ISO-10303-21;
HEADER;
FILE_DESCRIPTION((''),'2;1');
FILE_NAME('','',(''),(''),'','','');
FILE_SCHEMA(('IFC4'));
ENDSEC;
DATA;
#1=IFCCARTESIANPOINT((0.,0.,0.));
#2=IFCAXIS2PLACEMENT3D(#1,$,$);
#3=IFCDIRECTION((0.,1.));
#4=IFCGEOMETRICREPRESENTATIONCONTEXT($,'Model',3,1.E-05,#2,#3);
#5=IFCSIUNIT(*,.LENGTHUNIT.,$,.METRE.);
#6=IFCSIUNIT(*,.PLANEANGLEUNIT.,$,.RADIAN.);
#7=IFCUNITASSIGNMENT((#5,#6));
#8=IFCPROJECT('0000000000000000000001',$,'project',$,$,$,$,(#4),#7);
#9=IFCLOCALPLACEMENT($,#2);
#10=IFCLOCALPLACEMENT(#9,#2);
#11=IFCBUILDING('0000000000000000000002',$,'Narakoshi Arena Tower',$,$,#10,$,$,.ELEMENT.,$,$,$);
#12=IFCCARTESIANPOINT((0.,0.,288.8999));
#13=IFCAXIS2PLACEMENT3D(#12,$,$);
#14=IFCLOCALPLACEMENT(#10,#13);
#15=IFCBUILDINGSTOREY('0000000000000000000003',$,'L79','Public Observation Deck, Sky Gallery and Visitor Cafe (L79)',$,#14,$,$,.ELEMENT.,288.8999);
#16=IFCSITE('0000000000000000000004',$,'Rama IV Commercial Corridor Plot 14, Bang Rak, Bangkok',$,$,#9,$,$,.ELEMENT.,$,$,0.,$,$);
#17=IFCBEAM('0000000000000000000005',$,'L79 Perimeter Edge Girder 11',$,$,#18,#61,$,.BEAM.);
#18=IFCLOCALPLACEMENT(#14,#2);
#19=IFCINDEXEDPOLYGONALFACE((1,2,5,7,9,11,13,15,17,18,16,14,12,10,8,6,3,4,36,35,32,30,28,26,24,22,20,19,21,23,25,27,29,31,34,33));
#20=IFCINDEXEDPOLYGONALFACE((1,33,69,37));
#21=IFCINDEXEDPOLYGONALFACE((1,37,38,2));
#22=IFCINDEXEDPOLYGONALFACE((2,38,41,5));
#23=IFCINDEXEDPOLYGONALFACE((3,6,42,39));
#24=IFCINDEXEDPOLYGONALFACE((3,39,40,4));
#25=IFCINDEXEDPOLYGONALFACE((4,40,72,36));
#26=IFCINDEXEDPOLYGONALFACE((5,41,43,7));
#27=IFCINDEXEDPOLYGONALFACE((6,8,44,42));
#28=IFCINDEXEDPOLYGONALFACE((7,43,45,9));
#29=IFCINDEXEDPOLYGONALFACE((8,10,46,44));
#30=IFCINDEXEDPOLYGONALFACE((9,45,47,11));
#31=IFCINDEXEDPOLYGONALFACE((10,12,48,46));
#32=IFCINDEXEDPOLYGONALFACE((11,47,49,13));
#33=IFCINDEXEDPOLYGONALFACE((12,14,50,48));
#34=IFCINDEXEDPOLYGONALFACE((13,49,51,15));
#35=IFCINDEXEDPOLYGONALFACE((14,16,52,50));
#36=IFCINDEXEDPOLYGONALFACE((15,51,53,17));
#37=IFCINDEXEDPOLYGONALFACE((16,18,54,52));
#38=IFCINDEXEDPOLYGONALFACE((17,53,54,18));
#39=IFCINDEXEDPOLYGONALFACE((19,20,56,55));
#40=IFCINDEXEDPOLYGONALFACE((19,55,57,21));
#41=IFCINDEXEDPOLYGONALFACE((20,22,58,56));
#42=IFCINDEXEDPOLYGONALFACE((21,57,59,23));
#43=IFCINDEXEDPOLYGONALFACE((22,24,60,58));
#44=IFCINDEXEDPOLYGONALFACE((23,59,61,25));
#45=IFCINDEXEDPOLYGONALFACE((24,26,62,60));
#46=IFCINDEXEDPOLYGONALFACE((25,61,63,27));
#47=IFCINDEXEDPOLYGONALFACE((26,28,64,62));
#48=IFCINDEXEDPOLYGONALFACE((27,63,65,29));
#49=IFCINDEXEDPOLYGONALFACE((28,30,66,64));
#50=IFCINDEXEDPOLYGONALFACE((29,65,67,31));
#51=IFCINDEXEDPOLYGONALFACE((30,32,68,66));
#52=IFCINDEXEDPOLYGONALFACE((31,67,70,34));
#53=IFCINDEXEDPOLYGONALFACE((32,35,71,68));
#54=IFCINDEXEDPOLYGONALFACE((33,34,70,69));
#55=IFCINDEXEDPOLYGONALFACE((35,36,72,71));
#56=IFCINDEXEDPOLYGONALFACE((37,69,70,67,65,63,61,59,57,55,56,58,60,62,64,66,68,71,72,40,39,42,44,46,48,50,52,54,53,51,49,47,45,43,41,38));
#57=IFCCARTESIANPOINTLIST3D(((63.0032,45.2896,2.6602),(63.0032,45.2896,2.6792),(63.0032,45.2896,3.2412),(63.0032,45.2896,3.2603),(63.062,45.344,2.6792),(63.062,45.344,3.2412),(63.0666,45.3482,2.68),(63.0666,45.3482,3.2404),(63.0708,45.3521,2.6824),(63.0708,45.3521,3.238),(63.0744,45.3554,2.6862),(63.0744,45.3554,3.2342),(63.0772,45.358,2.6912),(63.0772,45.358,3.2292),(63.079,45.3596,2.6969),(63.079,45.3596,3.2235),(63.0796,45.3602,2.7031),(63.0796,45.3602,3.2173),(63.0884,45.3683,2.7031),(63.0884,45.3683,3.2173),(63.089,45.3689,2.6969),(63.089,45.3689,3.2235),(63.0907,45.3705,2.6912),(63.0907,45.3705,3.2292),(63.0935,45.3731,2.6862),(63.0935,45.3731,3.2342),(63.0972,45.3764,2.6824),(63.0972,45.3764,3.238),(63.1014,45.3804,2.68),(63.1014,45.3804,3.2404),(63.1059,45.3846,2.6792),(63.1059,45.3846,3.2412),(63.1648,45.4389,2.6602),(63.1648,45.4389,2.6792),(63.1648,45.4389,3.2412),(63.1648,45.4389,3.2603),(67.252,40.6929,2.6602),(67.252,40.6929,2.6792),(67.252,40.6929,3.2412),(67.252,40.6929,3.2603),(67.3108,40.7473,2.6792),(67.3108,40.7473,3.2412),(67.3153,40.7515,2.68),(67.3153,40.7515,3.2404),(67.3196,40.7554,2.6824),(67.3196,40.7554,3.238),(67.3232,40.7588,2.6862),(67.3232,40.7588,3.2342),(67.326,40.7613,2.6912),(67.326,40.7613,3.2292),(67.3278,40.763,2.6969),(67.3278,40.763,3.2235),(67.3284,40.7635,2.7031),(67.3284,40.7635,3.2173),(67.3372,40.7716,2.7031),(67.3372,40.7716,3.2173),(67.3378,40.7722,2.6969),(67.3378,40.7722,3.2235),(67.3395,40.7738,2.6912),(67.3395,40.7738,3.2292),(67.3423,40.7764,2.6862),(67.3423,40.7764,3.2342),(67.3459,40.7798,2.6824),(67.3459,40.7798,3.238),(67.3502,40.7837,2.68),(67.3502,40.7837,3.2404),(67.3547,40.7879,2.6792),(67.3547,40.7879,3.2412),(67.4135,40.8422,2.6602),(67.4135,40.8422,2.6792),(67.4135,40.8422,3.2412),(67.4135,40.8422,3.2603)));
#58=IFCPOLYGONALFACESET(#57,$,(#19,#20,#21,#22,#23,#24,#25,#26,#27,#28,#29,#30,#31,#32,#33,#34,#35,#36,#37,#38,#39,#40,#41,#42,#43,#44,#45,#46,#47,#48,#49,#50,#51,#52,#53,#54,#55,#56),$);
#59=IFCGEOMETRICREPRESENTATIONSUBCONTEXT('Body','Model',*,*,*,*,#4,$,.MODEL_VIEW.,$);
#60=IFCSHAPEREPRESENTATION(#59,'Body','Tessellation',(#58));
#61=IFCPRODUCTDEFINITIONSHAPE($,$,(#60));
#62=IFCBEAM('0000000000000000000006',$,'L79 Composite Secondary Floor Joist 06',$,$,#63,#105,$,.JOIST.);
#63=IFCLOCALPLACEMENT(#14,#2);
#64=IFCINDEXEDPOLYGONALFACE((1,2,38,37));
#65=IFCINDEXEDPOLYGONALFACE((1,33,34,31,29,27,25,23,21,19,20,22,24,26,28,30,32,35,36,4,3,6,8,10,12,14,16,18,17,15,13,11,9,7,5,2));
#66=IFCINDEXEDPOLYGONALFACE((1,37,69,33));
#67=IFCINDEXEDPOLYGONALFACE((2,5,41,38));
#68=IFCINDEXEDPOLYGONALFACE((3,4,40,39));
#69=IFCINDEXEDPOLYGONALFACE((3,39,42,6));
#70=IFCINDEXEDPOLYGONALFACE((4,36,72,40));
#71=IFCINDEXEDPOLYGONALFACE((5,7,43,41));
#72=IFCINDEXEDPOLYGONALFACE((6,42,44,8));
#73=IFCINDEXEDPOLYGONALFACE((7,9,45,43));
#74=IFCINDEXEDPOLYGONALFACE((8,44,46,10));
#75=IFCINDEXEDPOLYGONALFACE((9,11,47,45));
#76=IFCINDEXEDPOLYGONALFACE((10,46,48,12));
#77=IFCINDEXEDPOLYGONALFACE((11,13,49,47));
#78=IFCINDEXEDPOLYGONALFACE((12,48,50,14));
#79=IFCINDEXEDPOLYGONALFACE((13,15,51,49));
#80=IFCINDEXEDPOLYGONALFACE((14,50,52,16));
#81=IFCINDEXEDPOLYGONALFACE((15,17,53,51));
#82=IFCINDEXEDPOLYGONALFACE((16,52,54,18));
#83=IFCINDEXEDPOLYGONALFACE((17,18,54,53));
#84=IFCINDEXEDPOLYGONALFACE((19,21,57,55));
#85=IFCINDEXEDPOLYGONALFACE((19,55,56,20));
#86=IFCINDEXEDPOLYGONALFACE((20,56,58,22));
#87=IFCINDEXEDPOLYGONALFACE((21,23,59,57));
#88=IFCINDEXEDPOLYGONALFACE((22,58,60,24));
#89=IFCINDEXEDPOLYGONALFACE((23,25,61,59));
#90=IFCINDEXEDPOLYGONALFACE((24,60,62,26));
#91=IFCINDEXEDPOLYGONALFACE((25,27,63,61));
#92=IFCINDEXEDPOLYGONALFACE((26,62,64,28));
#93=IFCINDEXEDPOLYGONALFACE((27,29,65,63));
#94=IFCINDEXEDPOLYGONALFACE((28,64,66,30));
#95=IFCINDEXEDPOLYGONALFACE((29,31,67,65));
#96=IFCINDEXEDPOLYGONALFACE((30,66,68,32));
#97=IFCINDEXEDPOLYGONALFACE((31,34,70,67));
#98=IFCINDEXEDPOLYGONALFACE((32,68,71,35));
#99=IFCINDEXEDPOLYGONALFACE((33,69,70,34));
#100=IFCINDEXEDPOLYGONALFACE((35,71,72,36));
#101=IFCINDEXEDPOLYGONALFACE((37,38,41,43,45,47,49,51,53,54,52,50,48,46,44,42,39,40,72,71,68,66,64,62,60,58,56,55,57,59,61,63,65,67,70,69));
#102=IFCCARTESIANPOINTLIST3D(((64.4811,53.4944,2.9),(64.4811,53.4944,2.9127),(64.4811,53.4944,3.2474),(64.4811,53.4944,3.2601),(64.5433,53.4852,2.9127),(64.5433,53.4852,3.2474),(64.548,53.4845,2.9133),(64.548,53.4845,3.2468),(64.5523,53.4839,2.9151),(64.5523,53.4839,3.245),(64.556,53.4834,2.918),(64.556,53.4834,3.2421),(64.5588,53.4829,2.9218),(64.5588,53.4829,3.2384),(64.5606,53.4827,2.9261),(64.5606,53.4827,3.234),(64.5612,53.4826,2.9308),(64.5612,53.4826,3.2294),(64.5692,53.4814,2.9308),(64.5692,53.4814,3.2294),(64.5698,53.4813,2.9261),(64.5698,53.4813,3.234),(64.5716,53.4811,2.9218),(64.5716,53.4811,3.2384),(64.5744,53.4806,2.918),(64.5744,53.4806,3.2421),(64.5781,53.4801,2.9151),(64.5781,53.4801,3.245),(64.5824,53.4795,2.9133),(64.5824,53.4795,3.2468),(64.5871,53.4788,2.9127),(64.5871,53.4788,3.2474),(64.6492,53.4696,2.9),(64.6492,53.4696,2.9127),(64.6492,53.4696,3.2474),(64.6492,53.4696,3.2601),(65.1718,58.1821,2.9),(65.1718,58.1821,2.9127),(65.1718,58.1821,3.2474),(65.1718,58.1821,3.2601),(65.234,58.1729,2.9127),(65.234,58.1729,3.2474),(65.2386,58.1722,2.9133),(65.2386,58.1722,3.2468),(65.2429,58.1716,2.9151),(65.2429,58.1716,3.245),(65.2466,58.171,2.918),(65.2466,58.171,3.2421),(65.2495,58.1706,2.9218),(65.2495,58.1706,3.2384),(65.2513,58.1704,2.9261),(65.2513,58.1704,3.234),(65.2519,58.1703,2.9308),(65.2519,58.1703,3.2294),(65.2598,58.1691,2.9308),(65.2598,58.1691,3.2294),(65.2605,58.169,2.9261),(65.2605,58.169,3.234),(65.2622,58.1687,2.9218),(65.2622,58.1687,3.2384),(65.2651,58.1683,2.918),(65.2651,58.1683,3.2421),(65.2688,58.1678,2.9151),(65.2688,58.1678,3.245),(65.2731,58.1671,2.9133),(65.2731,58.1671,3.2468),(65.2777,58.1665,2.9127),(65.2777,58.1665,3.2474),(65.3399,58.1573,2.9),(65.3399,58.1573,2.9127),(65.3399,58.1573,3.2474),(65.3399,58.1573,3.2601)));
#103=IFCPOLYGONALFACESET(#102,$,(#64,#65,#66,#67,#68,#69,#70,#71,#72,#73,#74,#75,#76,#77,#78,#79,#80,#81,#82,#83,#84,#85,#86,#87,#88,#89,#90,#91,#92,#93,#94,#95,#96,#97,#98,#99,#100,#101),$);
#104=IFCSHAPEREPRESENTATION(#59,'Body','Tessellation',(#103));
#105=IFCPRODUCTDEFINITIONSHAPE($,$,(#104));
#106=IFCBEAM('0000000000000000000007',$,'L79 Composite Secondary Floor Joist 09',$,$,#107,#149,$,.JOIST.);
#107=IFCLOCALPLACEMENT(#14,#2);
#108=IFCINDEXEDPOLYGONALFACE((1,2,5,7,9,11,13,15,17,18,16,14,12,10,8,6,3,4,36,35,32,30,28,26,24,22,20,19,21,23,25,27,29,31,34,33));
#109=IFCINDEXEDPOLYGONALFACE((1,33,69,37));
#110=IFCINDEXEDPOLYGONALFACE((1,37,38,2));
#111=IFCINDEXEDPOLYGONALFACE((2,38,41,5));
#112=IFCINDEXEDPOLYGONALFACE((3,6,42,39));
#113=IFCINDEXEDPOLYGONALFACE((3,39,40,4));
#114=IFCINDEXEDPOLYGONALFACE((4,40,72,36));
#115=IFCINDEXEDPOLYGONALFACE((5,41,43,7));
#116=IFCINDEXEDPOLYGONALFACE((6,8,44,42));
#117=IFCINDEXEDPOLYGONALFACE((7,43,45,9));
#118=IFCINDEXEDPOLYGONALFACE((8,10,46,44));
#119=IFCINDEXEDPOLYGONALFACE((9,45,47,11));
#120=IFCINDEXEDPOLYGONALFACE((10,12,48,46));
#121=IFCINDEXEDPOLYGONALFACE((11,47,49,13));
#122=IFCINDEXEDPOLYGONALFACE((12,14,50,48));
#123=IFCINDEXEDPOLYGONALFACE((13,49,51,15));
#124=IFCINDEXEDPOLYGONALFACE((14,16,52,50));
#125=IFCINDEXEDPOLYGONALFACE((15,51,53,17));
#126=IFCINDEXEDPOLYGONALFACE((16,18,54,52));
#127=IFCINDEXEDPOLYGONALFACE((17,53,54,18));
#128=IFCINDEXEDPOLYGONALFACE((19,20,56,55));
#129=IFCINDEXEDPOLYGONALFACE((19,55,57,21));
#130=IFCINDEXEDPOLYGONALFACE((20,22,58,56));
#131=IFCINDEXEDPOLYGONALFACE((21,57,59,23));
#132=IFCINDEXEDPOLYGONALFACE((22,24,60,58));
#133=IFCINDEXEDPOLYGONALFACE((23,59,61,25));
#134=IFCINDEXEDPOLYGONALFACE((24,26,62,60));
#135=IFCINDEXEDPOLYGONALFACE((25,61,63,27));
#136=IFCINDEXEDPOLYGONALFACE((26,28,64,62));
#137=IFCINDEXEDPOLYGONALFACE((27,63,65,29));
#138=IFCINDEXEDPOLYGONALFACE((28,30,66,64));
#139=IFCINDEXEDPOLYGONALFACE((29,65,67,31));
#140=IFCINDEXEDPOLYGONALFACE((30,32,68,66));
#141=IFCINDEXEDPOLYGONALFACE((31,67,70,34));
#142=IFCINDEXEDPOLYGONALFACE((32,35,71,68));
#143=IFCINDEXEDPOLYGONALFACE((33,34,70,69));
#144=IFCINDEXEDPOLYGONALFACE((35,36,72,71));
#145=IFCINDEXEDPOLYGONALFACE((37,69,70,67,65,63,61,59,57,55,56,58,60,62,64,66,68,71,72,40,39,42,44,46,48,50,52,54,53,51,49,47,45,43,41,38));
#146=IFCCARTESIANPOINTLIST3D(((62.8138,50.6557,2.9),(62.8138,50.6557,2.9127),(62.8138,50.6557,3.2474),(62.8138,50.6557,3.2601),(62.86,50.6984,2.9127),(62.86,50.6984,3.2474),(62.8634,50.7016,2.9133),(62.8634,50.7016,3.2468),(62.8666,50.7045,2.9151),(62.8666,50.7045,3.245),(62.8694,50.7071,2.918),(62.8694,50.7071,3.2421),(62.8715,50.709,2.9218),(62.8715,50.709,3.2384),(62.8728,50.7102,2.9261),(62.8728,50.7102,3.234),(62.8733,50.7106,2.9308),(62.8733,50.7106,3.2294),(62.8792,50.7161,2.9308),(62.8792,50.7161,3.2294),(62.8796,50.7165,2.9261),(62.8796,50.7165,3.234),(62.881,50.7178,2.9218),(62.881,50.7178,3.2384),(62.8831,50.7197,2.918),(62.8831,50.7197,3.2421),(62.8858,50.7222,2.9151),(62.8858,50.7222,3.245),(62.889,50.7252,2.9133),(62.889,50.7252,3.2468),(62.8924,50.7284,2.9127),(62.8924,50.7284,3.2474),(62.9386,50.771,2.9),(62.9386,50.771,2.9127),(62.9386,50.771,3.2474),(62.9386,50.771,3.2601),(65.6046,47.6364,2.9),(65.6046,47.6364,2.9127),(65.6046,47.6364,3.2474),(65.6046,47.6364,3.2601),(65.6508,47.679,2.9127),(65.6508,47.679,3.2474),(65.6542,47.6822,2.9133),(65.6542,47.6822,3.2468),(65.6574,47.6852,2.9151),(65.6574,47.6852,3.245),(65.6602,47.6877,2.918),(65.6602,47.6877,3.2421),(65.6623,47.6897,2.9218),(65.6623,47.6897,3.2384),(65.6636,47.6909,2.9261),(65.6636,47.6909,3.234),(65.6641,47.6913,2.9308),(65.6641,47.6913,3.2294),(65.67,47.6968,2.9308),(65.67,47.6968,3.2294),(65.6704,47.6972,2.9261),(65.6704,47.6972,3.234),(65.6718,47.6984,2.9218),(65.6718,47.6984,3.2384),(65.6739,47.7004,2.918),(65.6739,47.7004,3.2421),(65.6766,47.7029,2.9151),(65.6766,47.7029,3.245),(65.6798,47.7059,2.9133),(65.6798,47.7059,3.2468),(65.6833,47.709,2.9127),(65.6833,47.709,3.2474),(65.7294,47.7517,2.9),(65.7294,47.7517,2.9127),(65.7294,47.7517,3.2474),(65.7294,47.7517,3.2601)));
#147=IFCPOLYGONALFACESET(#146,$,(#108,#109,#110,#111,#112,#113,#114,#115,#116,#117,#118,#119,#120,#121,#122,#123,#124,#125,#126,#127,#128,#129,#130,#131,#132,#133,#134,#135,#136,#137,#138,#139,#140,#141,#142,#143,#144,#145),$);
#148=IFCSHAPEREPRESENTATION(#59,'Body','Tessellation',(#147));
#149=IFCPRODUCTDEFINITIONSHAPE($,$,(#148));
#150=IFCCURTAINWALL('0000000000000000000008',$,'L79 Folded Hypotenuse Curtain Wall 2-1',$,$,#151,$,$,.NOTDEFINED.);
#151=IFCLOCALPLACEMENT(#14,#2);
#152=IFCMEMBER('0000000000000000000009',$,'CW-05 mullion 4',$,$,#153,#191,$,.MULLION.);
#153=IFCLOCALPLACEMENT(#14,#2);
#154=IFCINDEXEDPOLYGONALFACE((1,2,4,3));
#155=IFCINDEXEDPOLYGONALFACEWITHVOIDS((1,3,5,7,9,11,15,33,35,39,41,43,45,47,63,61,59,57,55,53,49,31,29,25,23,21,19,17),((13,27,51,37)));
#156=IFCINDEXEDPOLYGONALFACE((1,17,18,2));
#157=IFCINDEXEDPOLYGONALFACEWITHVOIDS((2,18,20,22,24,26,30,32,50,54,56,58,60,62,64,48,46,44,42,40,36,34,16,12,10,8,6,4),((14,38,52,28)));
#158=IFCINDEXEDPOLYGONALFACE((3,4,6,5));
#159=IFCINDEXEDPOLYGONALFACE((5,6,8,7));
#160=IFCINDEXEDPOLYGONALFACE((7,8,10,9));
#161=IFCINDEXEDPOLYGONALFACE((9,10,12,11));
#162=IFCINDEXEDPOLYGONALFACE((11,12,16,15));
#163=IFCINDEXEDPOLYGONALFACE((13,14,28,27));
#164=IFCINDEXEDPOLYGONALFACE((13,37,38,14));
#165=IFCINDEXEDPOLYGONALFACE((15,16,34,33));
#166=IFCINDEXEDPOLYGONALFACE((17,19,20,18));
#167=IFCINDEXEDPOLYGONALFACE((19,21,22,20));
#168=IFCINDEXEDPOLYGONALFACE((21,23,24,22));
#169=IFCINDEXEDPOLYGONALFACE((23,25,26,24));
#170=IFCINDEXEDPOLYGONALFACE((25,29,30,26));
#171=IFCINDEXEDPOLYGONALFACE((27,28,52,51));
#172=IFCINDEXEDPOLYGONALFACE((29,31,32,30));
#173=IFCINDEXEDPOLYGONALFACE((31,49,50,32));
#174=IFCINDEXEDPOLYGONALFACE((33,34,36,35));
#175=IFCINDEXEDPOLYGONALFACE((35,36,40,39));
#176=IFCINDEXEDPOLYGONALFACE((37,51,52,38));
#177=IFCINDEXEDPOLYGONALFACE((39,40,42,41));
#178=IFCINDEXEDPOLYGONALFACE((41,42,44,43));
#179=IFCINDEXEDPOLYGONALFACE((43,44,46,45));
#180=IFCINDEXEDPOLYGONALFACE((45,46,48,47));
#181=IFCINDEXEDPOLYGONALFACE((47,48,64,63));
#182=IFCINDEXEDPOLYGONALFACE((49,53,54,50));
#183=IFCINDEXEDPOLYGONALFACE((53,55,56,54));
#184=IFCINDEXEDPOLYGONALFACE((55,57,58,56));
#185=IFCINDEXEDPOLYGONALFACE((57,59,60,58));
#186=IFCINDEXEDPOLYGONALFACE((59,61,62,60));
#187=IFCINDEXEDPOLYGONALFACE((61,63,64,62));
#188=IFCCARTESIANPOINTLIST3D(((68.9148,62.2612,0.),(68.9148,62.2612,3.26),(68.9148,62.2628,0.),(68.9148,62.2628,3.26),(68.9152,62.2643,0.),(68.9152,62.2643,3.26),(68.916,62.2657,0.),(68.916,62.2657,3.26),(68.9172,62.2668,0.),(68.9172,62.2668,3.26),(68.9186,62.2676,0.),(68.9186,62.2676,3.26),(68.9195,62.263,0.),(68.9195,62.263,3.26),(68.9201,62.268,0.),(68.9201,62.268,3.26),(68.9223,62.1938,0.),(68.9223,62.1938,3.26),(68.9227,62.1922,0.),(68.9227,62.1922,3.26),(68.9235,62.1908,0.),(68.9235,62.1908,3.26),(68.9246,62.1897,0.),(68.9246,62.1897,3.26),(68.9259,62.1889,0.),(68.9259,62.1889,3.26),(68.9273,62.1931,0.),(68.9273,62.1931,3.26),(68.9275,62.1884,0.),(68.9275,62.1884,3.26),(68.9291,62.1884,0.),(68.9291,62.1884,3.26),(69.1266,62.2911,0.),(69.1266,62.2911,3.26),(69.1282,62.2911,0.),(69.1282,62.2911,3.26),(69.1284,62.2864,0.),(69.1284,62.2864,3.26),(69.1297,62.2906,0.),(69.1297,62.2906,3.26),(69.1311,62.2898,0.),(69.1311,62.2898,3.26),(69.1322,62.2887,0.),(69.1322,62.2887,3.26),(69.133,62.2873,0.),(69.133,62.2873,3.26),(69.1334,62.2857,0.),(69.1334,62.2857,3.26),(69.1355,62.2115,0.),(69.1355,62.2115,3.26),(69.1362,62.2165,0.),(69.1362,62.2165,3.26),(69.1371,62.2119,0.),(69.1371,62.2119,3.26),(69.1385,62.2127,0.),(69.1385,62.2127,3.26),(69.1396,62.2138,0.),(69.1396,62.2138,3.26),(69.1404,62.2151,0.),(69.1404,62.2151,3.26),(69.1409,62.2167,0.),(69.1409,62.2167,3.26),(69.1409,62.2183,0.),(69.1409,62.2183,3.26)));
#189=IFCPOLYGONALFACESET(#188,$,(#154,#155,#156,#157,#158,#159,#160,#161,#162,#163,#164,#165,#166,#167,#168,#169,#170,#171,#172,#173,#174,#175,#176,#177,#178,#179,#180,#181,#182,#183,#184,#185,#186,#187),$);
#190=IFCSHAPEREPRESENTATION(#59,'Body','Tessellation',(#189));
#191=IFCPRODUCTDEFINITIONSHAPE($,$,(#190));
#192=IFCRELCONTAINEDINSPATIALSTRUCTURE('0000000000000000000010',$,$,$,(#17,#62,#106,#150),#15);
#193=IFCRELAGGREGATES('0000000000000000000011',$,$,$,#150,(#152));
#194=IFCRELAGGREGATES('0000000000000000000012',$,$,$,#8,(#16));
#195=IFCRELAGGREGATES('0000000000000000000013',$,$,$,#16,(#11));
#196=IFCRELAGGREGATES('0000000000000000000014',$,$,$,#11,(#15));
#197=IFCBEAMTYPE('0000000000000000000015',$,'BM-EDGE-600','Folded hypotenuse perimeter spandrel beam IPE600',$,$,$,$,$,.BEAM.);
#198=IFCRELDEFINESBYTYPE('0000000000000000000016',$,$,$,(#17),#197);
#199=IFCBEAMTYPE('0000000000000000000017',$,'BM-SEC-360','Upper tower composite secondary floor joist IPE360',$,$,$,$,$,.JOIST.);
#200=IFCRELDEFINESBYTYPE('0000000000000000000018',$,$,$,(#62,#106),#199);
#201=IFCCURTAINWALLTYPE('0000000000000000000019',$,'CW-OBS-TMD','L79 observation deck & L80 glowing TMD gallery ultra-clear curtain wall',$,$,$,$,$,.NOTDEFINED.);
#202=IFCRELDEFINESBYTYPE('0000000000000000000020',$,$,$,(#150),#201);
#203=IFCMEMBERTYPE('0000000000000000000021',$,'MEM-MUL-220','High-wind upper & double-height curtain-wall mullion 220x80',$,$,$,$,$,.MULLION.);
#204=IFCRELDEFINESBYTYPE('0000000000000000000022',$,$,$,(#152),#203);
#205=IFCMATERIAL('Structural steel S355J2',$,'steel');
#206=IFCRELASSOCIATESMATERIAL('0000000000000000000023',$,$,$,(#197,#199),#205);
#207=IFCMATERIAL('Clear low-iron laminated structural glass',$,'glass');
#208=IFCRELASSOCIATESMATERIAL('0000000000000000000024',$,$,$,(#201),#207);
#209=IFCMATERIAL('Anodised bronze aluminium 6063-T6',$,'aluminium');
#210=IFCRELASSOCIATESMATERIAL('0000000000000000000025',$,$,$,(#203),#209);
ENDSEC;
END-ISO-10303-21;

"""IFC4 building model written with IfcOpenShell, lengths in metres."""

from ifc_helpers import new_model, si_unit, direction, frame, origin, origin_2d, place, context, subcontext, project, spatial, hollow_rectangle, i_section, extrude, material, material_profile, profile_set, type_object, element, aggregate, save


model = new_model("IFC4")

# Units and contexts
model_context = context("Model", 3, precision=1e-05, world=origin(), true_north=direction((0.0, 1.0)))
body_context = subcontext(model_context, "Body", "Model", "MODEL_VIEW")
ifc_project = project(units=[si_unit("LENGTHUNIT", "METRE"), si_unit("PLANEANGLEUNIT", "RADIAN")], contexts=[model_context])

# Site, building, storey
site_placement = place(None, origin())
site = spatial("IfcSite", under=ifc_project, at=site_placement, Name="Rama IV Commercial Corridor Plot 14, Bang Rak, Bangkok", CompositionType="ELEMENT", RefElevation=0.0)
building_placement = place(site_placement, origin())
building = spatial("IfcBuilding", under=site, at=building_placement, Name="Narakoshi Arena Tower", CompositionType="ELEMENT")
storey_placement = place(building_placement, frame((0.0, 0.0, 288.8999)))
storey = spatial("IfcBuildingStorey", under=building, at=storey_placement, Name="L79", Description="Public Observation Deck, Sky Gallery and Visitor Cafe (L79)", CompositionType="ELEMENT", Elevation=288.8999)

# Shared definitions
ifc_material_1 = material(Name="Structural steel S355J2", Category="steel")

# Beams
ifc_material_profile_1 = material_profile(ifc_material_1, i_section(OverallWidth=0.22, OverallDepth=0.6001, WebThickness=0.012, FlangeThickness=0.019, FilletRadius=0.0239, at=origin_2d()), Name="IPE600")
ifc_profile_set_1 = profile_set([ifc_material_profile_1], Name="Structural steel S355J2")
beam_type_1 = type_object("IfcBeamType", Name="BM-EDGE-600", Description="Folded hypotenuse perimeter spandrel beam IPE600", PredefinedType="BEAM", material=ifc_profile_set_1)
beam_1_placement = place(storey_placement, frame((63.084, 45.3643, 2.9602), z_axis=(0.678771, -0.73435, 0.0), x_axis=(0.73435, 0.678771, 0.0)))
element("IfcBeam", 1, at=beam_1_placement, inside=storey, type_object=beam_type_1, Name="L79 Perimeter Edge Girder 11", PredefinedType="BEAM", context=body_context, shape_type="SweptSolid", body=[
    extrude(i_section(OverallWidth=0.22, OverallDepth=0.6001, WebThickness=0.012, FlangeThickness=0.019, FilletRadius=0.0239, at=origin_2d()), origin(), (0.0, 0.0, 1.0), 6.2595),
])
ifc_material_profile_2 = material_profile(ifc_material_1, i_section(OverallWidth=0.1699, OverallDepth=0.3601, WebThickness=0.0081, FlangeThickness=0.0127, FilletRadius=0.0181, at=origin_2d()), Name="IPE360")
ifc_profile_set_2 = profile_set([ifc_material_profile_2], Name="Structural steel S355J2")
beam_type_2 = type_object("IfcBeamType", Name="BM-SEC-360", Description="Upper tower composite secondary floor joist IPE360", PredefinedType="JOIST", material=ifc_profile_set_2)
beam_2_placement = place(storey_placement, frame((65.2559, 58.1697, 3.0801), z_axis=(-0.145762, -0.98932, 0.0), x_axis=(0.98932, -0.145762, 0.0)))
element("IfcBeam", 2, at=beam_2_placement, inside=storey, type_object=beam_type_2, Name="L79 Composite Secondary Floor Joist 06", PredefinedType="JOIST", context=body_context, shape_type="SweptSolid", body=[
    extrude(i_section(OverallWidth=0.1699, OverallDepth=0.3601, WebThickness=0.0081, FlangeThickness=0.0127, FilletRadius=0.0181, at=origin_2d()), origin(), (0.0, 0.0, 1.0), 4.7383),
])
beam_3_placement = place(storey_placement, frame((62.8762, 50.7134, 3.0801), z_axis=(0.678771, -0.73435, 0.0), x_axis=(0.73435, 0.678771, 0.0)))
element("IfcBeam", 3, at=beam_3_placement, inside=storey, type_object=beam_type_2, Name="L79 Composite Secondary Floor Joist 09", PredefinedType="JOIST", context=body_context, shape_type="SweptSolid", body=[
    extrude(i_section(OverallWidth=0.1699, OverallDepth=0.3601, WebThickness=0.0081, FlangeThickness=0.0127, FilletRadius=0.0181, at=origin_2d()), origin(), (0.0, 0.0, 1.0), 4.1116),
])

# Curtain wall, member
ifc_material_2 = material(Name="Clear low-iron laminated structural glass", Category="glass")
curtain_wall_type = type_object("IfcCurtainWallType", Name="CW-OBS-TMD", Description="L79 observation deck & L80 glowing TMD gallery ultra-clear curtain wall", PredefinedType="NOTDEFINED", material=ifc_material_2)
curtain_wall_placement = place(storey_placement, origin())
curtain_wall = element("IfcCurtainWall", 4, at=curtain_wall_placement, inside=storey, type_object=curtain_wall_type, Name="L79 Folded Hypotenuse Curtain Wall 2-1", PredefinedType="NOTDEFINED")
ifc_material_3 = material(Name="Anodised bronze aluminium 6063-T6", Category="aluminium")
ifc_material_profile_3 = material_profile(ifc_material_3, hollow_rectangle(XDim=0.0801, YDim=0.22, WallThickness=0.0049, OuterFilletRadius=0.0061, at=origin_2d()), Name="MUL220x80x5")
ifc_profile_set_3 = profile_set([ifc_material_profile_3], Name="Anodised bronze aluminium 6063-T6")
member_type_1 = type_object("IfcMemberType", Name="MEM-MUL-220", Description="High-wind upper & double-height curtain-wall mullion 220x80", PredefinedType="MULLION", material=ifc_profile_set_3)
member_1_placement = place(storey_placement, frame((69.0278, 62.2397, 0.0), z_axis=(0.0, 0.0, 1.0), x_axis=(0.111397, -0.993776, 0.0)))
member_1 = element("IfcMember", 5, at=member_1_placement, type_object=member_type_1, Name="CW-05 mullion 4", PredefinedType="MULLION", context=body_context, shape_type="SweptSolid", body=[
    extrude(hollow_rectangle(XDim=0.0801, YDim=0.22, WallThickness=0.0049, OuterFilletRadius=0.0061, at=origin_2d()), origin(), (0.0, 0.0, 1.0), 3.26),
])
aggregate(curtain_wall, [member_1])

save(model, "model.ifc")
